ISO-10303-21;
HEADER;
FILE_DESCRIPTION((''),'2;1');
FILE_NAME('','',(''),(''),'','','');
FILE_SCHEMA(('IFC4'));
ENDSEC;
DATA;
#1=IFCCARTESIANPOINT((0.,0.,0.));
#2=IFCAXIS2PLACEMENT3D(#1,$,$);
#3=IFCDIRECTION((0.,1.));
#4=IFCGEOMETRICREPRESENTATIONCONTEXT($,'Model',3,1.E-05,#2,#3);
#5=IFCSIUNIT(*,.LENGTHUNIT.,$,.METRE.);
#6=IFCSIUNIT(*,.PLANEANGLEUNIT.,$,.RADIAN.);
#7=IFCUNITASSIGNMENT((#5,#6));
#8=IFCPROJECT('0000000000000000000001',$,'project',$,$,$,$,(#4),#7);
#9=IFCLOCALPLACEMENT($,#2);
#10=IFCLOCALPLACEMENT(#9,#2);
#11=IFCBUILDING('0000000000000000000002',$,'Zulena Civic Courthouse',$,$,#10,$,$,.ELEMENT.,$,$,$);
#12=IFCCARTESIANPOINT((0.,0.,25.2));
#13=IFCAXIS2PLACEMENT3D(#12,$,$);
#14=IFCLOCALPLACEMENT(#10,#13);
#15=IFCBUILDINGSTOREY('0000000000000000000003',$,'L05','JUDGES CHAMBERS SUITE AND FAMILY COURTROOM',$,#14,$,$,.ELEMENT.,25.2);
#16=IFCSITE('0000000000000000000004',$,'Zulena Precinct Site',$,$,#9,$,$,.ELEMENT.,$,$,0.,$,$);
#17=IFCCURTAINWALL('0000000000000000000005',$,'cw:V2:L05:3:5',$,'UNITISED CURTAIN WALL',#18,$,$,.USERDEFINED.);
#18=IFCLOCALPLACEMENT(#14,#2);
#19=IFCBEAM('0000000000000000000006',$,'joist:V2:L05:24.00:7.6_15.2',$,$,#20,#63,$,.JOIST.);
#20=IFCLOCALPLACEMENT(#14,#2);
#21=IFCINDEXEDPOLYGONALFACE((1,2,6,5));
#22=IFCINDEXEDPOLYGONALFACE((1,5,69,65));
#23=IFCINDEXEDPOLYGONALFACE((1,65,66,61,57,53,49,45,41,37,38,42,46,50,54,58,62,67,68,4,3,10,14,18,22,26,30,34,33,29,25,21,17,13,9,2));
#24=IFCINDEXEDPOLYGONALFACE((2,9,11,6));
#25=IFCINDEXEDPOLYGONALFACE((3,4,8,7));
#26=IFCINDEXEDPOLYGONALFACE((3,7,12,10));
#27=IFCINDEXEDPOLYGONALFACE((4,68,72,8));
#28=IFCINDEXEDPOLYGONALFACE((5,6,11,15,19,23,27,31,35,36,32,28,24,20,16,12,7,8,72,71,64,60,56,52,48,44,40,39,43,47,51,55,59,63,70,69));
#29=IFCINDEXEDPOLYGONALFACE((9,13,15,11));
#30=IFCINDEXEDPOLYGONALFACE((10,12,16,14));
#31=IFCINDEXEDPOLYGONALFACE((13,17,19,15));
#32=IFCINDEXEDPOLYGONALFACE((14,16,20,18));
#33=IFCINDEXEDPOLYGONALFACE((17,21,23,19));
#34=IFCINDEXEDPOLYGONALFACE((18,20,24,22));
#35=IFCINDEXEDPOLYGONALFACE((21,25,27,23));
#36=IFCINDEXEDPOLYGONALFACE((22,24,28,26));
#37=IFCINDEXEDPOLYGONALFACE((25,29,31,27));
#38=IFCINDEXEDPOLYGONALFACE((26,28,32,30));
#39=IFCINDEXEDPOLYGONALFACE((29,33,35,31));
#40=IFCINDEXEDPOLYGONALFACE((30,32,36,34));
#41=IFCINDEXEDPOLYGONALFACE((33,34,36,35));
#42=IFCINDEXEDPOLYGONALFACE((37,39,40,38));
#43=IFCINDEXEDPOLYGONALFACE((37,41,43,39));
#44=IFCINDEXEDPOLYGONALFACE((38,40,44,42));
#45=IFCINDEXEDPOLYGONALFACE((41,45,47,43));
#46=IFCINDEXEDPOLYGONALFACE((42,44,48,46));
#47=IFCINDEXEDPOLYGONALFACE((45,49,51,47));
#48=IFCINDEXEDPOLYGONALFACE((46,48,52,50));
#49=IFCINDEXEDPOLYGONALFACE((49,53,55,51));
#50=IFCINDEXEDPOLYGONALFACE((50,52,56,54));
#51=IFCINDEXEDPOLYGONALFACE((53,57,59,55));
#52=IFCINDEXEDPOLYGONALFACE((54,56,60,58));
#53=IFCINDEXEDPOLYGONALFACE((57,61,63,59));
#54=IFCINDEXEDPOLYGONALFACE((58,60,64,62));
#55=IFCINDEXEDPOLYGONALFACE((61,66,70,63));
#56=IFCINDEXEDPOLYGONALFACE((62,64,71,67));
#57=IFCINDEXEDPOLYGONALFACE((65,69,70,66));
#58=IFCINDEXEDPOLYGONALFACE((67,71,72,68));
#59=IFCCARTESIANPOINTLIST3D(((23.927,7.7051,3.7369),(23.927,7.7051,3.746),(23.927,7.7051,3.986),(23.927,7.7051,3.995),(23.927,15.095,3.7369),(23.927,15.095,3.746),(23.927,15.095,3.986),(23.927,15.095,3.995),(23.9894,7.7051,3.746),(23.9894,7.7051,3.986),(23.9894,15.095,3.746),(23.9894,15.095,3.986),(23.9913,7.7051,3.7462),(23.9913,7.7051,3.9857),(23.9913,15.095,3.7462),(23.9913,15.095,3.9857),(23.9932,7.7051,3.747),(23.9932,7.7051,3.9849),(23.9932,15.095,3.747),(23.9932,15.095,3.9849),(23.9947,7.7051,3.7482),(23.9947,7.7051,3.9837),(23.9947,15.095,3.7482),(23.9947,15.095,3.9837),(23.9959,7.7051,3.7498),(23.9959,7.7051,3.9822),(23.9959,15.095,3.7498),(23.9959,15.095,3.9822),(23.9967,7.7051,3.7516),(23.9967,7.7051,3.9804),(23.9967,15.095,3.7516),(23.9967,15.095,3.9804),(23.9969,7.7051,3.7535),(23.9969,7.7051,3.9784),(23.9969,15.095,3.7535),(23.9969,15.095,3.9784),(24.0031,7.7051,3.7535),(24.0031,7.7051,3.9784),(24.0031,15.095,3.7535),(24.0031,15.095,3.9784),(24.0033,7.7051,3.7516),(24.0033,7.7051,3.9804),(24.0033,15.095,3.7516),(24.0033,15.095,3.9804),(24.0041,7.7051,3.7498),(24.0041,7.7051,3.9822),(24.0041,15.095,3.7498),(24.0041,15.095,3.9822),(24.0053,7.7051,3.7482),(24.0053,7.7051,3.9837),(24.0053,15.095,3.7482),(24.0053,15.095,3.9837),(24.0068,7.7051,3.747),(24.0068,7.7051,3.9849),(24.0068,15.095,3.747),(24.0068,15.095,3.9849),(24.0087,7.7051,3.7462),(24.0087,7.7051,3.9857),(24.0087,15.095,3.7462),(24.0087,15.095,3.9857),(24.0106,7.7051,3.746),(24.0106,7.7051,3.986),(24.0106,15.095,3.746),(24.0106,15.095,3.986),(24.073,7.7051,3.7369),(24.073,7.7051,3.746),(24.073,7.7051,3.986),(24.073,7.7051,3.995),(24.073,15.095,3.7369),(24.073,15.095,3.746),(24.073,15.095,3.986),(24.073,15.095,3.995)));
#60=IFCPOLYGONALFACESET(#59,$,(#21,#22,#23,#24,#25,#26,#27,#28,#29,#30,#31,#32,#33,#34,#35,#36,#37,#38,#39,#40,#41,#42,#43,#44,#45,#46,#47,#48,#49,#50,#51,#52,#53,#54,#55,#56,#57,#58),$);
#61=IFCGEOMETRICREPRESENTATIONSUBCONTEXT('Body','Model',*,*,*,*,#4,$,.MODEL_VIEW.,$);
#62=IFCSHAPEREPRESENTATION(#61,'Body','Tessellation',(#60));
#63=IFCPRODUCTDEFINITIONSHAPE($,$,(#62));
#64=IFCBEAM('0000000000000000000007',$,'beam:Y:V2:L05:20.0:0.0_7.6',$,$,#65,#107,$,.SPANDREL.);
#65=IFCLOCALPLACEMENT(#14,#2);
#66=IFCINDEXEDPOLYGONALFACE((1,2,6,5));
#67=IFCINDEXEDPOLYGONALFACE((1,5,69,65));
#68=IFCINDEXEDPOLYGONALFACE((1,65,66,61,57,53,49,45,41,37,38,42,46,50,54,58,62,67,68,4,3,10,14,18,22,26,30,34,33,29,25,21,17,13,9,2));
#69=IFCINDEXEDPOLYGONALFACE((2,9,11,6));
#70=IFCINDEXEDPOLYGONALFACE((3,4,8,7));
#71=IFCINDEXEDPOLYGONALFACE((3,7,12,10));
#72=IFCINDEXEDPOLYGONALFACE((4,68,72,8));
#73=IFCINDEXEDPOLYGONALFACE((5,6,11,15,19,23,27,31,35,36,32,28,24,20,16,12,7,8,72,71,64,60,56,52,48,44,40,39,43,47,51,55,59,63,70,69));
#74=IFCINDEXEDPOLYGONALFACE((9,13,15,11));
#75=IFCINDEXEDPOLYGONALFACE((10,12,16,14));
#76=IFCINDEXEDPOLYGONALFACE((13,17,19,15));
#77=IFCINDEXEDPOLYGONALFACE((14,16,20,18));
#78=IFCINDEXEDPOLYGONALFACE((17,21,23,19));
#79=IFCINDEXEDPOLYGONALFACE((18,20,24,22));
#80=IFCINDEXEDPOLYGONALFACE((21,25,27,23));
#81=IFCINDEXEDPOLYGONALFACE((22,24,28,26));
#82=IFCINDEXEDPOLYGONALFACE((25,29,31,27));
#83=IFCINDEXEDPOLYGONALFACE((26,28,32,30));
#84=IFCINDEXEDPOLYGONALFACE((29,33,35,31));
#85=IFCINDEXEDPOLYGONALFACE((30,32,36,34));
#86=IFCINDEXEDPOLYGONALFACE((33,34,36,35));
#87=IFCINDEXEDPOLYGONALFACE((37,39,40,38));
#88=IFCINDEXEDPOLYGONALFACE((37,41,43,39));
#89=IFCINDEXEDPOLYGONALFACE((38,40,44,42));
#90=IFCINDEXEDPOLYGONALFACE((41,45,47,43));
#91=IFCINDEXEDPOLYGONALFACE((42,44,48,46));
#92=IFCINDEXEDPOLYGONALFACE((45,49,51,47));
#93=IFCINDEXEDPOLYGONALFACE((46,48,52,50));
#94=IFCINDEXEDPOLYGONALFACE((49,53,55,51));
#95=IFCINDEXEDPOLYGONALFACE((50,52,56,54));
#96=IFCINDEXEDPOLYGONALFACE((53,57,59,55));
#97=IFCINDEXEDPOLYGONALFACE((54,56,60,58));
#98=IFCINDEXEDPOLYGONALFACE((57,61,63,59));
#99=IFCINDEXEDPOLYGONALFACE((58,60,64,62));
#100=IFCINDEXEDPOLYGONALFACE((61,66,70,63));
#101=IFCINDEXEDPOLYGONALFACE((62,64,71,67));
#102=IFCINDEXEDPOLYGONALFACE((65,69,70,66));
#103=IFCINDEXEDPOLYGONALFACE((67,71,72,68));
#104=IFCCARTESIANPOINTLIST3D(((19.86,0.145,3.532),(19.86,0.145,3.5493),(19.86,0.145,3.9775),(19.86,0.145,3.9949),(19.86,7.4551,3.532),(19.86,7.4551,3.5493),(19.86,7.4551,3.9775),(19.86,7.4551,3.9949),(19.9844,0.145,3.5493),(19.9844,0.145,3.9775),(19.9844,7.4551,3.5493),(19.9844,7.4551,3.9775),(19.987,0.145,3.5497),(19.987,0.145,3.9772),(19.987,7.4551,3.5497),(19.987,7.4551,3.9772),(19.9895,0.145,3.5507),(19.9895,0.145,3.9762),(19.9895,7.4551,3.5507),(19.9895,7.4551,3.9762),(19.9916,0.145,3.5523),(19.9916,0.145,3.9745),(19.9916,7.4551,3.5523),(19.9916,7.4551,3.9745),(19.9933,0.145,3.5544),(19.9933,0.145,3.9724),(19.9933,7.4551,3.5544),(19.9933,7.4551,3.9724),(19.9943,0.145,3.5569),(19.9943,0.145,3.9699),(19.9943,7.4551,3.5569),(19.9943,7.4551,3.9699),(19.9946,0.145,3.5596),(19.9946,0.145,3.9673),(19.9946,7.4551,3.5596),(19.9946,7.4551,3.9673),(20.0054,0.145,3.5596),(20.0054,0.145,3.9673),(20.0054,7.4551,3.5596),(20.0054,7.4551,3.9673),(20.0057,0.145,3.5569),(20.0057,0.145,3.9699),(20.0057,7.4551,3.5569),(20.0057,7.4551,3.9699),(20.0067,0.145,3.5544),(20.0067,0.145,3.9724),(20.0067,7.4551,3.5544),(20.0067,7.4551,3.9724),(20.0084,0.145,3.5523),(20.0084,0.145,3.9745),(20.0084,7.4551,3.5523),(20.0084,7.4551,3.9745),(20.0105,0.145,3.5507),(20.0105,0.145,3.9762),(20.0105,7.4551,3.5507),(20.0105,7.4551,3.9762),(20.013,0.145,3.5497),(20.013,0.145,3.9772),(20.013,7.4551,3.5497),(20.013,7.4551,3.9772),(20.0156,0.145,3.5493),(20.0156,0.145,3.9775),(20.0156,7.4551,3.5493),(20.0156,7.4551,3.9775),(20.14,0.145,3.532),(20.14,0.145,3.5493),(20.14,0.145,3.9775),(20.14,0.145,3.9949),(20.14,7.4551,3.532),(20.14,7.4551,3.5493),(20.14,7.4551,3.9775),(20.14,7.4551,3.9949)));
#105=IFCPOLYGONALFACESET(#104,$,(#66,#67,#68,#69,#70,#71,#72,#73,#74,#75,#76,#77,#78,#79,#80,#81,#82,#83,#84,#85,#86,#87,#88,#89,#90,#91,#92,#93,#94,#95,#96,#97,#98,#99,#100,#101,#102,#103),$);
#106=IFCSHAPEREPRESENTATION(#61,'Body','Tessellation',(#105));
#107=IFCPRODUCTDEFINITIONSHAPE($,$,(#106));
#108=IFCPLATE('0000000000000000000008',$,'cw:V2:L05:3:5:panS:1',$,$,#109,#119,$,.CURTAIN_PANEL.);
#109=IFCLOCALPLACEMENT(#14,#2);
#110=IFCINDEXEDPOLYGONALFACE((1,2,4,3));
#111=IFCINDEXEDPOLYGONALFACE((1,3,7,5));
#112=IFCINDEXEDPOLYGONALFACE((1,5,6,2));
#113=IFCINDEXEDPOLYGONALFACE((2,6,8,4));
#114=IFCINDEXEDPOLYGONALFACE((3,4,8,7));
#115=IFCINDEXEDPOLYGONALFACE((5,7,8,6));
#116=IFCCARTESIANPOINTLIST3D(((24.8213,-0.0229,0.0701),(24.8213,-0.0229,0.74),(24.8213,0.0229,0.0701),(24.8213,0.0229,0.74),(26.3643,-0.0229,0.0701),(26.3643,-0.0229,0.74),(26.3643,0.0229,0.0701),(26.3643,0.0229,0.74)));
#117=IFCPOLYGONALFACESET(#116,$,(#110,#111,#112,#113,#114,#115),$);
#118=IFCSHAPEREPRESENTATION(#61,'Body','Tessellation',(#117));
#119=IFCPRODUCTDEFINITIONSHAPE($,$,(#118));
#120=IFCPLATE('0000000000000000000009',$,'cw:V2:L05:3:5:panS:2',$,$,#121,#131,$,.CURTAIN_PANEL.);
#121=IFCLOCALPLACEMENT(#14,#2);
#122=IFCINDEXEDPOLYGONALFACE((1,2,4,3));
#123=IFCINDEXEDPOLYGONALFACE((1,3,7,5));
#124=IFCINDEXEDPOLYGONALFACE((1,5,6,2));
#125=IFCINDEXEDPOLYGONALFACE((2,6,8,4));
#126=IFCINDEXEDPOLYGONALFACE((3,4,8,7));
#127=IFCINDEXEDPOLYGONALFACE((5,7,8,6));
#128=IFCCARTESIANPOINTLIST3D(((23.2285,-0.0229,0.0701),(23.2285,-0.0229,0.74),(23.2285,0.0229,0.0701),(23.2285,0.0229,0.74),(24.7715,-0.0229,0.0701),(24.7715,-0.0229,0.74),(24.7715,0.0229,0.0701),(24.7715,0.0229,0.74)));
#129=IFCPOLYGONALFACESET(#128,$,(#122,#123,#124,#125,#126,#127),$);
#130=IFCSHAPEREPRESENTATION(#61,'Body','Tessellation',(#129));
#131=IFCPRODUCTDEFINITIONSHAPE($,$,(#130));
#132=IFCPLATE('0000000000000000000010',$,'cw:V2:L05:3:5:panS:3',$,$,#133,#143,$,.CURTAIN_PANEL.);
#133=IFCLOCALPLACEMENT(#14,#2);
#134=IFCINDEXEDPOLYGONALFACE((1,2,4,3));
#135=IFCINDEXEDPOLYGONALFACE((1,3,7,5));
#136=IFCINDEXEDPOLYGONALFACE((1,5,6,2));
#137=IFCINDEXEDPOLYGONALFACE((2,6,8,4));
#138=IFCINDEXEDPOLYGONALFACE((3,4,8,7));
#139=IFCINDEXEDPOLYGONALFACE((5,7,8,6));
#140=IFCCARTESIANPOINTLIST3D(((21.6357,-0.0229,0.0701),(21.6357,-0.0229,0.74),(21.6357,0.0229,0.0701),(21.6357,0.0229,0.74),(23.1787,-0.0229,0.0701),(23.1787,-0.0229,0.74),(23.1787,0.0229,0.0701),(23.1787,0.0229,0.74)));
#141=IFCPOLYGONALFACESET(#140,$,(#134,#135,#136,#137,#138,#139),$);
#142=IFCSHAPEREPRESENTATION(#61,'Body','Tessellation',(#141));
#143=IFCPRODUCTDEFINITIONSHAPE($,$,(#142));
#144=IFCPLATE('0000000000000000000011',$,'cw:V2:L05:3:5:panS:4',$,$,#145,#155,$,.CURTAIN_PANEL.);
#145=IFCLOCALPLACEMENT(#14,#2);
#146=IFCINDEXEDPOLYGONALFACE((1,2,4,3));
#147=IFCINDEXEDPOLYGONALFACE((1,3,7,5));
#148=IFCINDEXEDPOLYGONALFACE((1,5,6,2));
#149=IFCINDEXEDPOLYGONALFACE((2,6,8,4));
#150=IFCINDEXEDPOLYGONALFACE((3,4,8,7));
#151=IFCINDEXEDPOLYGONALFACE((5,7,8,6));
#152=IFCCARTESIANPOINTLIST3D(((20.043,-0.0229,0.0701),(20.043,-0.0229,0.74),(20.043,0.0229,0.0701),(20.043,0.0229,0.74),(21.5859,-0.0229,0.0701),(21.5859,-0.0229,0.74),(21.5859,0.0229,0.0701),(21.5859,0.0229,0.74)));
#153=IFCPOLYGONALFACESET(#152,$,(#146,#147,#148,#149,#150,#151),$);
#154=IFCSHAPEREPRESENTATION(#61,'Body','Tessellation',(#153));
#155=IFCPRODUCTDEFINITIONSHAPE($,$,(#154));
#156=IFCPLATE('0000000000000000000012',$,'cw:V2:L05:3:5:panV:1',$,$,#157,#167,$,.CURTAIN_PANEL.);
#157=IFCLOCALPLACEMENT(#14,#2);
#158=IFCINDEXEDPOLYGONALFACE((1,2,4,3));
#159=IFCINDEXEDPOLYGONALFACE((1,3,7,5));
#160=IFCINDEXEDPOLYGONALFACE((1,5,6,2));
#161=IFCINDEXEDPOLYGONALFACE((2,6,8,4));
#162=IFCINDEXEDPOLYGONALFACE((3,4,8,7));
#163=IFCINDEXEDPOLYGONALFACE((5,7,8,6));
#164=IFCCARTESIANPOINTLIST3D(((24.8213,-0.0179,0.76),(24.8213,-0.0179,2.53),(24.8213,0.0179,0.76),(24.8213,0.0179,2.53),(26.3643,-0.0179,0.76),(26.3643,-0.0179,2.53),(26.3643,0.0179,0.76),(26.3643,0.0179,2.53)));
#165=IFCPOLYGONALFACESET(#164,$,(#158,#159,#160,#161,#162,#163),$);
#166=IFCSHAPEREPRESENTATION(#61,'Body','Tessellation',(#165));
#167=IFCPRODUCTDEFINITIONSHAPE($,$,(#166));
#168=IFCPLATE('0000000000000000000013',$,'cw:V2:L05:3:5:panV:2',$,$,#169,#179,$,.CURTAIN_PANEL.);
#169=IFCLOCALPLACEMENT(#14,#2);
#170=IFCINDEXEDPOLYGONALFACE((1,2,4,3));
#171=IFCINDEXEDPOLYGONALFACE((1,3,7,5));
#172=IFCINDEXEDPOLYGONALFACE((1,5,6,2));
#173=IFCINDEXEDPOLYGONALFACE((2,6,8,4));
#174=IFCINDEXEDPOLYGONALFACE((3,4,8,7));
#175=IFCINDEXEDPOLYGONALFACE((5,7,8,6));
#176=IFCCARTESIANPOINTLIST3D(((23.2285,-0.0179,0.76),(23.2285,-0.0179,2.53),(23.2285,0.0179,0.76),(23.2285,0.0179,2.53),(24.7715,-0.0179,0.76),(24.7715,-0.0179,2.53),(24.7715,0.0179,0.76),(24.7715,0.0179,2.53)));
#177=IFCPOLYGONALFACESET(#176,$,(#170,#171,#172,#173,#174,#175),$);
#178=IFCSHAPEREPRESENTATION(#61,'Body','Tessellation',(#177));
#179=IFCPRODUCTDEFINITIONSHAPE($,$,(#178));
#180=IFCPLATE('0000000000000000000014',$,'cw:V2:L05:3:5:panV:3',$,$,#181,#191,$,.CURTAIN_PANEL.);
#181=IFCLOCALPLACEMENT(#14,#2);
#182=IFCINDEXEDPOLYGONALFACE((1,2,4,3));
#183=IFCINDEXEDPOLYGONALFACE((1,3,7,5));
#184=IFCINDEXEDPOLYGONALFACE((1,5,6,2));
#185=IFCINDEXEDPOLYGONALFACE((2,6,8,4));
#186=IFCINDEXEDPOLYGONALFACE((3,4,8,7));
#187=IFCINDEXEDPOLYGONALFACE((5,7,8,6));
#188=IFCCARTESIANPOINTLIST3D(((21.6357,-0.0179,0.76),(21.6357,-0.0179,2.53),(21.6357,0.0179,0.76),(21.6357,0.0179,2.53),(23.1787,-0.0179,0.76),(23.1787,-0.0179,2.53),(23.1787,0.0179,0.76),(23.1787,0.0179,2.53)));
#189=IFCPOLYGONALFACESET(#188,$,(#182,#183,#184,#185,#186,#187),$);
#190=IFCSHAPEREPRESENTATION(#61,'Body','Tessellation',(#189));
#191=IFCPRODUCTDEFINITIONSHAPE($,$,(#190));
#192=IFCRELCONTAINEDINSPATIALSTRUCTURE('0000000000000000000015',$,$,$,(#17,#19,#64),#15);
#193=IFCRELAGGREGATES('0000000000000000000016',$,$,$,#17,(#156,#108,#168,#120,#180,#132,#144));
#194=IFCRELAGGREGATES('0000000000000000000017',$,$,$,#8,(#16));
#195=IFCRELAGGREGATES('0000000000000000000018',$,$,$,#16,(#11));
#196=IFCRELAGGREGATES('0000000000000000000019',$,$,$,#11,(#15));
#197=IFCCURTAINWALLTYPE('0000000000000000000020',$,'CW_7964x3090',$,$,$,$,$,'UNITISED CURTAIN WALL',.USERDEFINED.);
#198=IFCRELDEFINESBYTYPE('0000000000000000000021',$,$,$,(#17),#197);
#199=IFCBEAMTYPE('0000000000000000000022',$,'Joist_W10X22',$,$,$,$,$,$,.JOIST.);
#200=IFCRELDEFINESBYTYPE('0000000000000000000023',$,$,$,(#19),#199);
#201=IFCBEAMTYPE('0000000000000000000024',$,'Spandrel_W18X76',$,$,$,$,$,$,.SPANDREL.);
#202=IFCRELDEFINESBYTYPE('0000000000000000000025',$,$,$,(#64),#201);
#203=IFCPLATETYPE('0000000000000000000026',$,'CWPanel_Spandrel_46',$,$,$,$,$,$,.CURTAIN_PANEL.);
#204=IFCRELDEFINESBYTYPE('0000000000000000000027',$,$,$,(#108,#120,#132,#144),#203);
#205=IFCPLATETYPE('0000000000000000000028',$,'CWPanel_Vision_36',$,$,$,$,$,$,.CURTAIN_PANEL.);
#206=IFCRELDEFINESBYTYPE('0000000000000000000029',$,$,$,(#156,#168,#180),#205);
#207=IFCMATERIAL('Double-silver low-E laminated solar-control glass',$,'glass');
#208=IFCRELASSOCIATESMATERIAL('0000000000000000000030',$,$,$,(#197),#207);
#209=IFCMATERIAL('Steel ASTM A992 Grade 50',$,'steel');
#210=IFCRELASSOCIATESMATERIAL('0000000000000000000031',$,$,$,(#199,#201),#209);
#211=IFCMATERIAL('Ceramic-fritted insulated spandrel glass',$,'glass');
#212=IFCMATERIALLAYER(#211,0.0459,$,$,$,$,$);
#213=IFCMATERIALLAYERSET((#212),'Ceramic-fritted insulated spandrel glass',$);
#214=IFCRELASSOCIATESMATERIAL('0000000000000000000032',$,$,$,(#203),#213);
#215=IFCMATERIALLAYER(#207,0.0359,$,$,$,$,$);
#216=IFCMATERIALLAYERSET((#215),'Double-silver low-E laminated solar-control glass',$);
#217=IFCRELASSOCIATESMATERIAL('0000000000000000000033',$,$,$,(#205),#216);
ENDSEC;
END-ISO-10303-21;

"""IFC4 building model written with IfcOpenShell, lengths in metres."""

from ifc_helpers import new_model, si_unit, direction, frame, origin, origin_2d, place, context, subcontext, project, spatial, rectangle, i_section, extrude, material, layer, layer_set, material_profile, profile_set, type_object, element, aggregate, save


model = new_model("IFC4")

# Units and contexts
model_context = context("Model", 3, precision=1e-05, world=origin(), true_north=direction((0.0, 1.0)))
body_context = subcontext(model_context, "Body", "Model", "MODEL_VIEW")
ifc_project = project(units=[si_unit("LENGTHUNIT", "METRE"), si_unit("PLANEANGLEUNIT", "RADIAN")], contexts=[model_context])

# Site, building, storey
site_placement = place(None, origin())
site = spatial("IfcSite", under=ifc_project, at=site_placement, Name="Zulena Precinct Site", CompositionType="ELEMENT", RefElevation=0.0)
building_placement = place(site_placement, origin())
building = spatial("IfcBuilding", under=site, at=building_placement, Name="Zulena Civic Courthouse", CompositionType="ELEMENT")
storey_placement = place(building_placement, frame((0.0, 0.0, 25.2)))
storey = spatial("IfcBuildingStorey", under=building, at=storey_placement, Name="L05", Description="JUDGES CHAMBERS SUITE AND FAMILY COURTROOM", CompositionType="ELEMENT", Elevation=25.2)

# Shared definitions
ifc_material_1 = material(Name="Steel ASTM A992 Grade 50", Category="steel")

# Curtain wall
ifc_material_2 = material(Name="Double-silver low-E laminated solar-control glass", Category="glass")
curtain_wall_type = type_object("IfcCurtainWallType", Name="CW_7964x3090", ElementType="UNITISED CURTAIN WALL", PredefinedType="USERDEFINED", material=ifc_material_2)
curtain_wall_placement = place(storey_placement, origin())
curtain_wall = element("IfcCurtainWall", 1, at=curtain_wall_placement, inside=storey, type_object=curtain_wall_type, Name="cw:V2:L05:3:5", ObjectType="UNITISED CURTAIN WALL", PredefinedType="USERDEFINED")

# Beams
ifc_material_profile_1 = material_profile(ifc_material_1, i_section(OverallWidth=0.146, OverallDepth=0.2581, WebThickness=0.0061, FlangeThickness=0.009, FilletRadius=0.0076, at=origin_2d()), Name="W10X22")
ifc_profile_set_1 = profile_set([ifc_material_profile_1], Name="Steel ASTM A992 Grade 50")
beam_type_1 = type_object("IfcBeamType", Name="Joist_W10X22", PredefinedType="JOIST", material=ifc_profile_set_1)
beam_1_placement = place(storey_placement, frame((24.0, 7.7051, 3.866), z_axis=(0.0, 1.0, 0.0), x_axis=(-1.0, 0.0, 0.0)))
element("IfcBeam", 2, at=beam_1_placement, inside=storey, type_object=beam_type_1, Name="joist:V2:L05:24.00:7.6_15.2", PredefinedType="JOIST", context=body_context, shape_type="SweptSolid", body=[
    extrude(i_section(OverallWidth=0.146, OverallDepth=0.2581, WebThickness=0.0061, FlangeThickness=0.009, FilletRadius=0.0076, at=origin_2d()), origin(), (0.0, 0.0, 1.0), 7.3899),
])
ifc_material_profile_2 = material_profile(ifc_material_1, i_section(OverallWidth=0.28, OverallDepth=0.4629, WebThickness=0.0107, FlangeThickness=0.0173, FilletRadius=0.0103, at=origin_2d()), Name="W18X76")
ifc_profile_set_2 = profile_set([ifc_material_profile_2], Name="Steel ASTM A992 Grade 50")
beam_type_2 = type_object("IfcBeamType", Name="Spandrel_W18X76", PredefinedType="SPANDREL", material=ifc_profile_set_2)
beam_2_placement = place(storey_placement, frame((20.0, 0.145, 3.7634), z_axis=(0.0, 1.0, 0.0), x_axis=(-1.0, 0.0, 0.0)))
element("IfcBeam", 3, at=beam_2_placement, inside=storey, type_object=beam_type_2, Name="beam:Y:V2:L05:20.0:0.0_7.6", PredefinedType="SPANDREL", context=body_context, shape_type="SweptSolid", body=[
    extrude(i_section(OverallWidth=0.28, OverallDepth=0.4629, WebThickness=0.0107, FlangeThickness=0.0173, FilletRadius=0.0103, at=origin_2d()), origin(), (0.0, 0.0, 1.0), 7.3101),
])

# Plates
ifc_material_3 = material(Name="Ceramic-fritted insulated spandrel glass", Category="glass")
ifc_layer_1 = layer(ifc_material_3, 0.0459)
ifc_layer_set_1 = layer_set([ifc_layer_1], Name="Ceramic-fritted insulated spandrel glass")
plate_type_1 = type_object("IfcPlateType", Name="CWPanel_Spandrel_46", PredefinedType="CURTAIN_PANEL", material=ifc_layer_set_1)
plate_1_placement = place(storey_placement, frame((25.5928, 0.0, 0.0701), z_axis=(0.0, 0.0, 1.0), x_axis=(-1.0, 0.0, 0.0)))
plate_1 = element("IfcPlate", 4, at=plate_1_placement, type_object=plate_type_1, Name="cw:V2:L05:3:5:panS:1", PredefinedType="CURTAIN_PANEL", context=body_context, shape_type="SweptSolid", body=[
    extrude(rectangle(XDim=1.543, YDim=0.0459, at=origin_2d()), origin(), (0.0, 0.0, 1.0), 0.6699),
])
plate_2_placement = place(storey_placement, frame((24.0, 0.0, 0.0701), z_axis=(0.0, 0.0, 1.0), x_axis=(-1.0, 0.0, 0.0)))
plate_2 = element("IfcPlate", 5, at=plate_2_placement, type_object=plate_type_1, Name="cw:V2:L05:3:5:panS:2", PredefinedType="CURTAIN_PANEL", context=body_context, shape_type="SweptSolid", body=[
    extrude(rectangle(XDim=1.543, YDim=0.0459, at=origin_2d()), origin(), (0.0, 0.0, 1.0), 0.6699),
])
plate_3_placement = place(storey_placement, frame((22.4072, 0.0, 0.0701), z_axis=(0.0, 0.0, 1.0), x_axis=(-1.0, 0.0, 0.0)))
plate_3 = element("IfcPlate", 6, at=plate_3_placement, type_object=plate_type_1, Name="cw:V2:L05:3:5:panS:3", PredefinedType="CURTAIN_PANEL", context=body_context, shape_type="SweptSolid", body=[
    extrude(rectangle(XDim=1.543, YDim=0.0459, at=origin_2d()), origin(), (0.0, 0.0, 1.0), 0.6699),
])
plate_4_placement = place(storey_placement, frame((20.8145, 0.0, 0.0701), z_axis=(0.0, 0.0, 1.0), x_axis=(-1.0, 0.0, 0.0)))
plate_4 = element("IfcPlate", 7, at=plate_4_placement, type_object=plate_type_1, Name="cw:V2:L05:3:5:panS:4", PredefinedType="CURTAIN_PANEL", context=body_context, shape_type="SweptSolid", body=[
    extrude(rectangle(XDim=1.543, YDim=0.0459, at=origin_2d()), origin(), (0.0, 0.0, 1.0), 0.6699),
])
ifc_layer_2 = layer(ifc_material_2, 0.0359)
ifc_layer_set_2 = layer_set([ifc_layer_2], Name="Double-silver low-E laminated solar-control glass")
plate_type_2 = type_object("IfcPlateType", Name="CWPanel_Vision_36", PredefinedType="CURTAIN_PANEL", material=ifc_layer_set_2)
plate_5_placement = place(storey_placement, frame((25.5928, 0.0, 0.76), z_axis=(0.0, 0.0, 1.0), x_axis=(-1.0, 0.0, 0.0)))
plate_5 = element("IfcPlate", 8, at=plate_5_placement, type_object=plate_type_2, Name="cw:V2:L05:3:5:panV:1", PredefinedType="CURTAIN_PANEL", context=body_context, shape_type="SweptSolid", body=[
    extrude(rectangle(XDim=1.543, YDim=0.0359, at=origin_2d()), origin(), (0.0, 0.0, 1.0), 1.77),
])
plate_6_placement = place(storey_placement, frame((24.0, 0.0, 0.76), z_axis=(0.0, 0.0, 1.0), x_axis=(-1.0, 0.0, 0.0)))
plate_6 = element("IfcPlate", 9, at=plate_6_placement, type_object=plate_type_2, Name="cw:V2:L05:3:5:panV:2", PredefinedType="CURTAIN_PANEL", context=body_context, shape_type="SweptSolid", body=[
    extrude(rectangle(XDim=1.543, YDim=0.0359, at=origin_2d()), origin(), (0.0, 0.0, 1.0), 1.77),
])
plate_7_placement = place(storey_placement, frame((22.4072, 0.0, 0.76), z_axis=(0.0, 0.0, 1.0), x_axis=(-1.0, 0.0, 0.0)))
plate_7 = element("IfcPlate", 10, at=plate_7_placement, type_object=plate_type_2, Name="cw:V2:L05:3:5:panV:3", PredefinedType="CURTAIN_PANEL", context=body_context, shape_type="SweptSolid", body=[
    extrude(rectangle(XDim=1.543, YDim=0.0359, at=origin_2d()), origin(), (0.0, 0.0, 1.0), 1.77),
])
aggregate(curtain_wall, [plate_5, plate_1, plate_6, plate_2, plate_7, plate_3, plate_4])

save(model, "model.ifc")
